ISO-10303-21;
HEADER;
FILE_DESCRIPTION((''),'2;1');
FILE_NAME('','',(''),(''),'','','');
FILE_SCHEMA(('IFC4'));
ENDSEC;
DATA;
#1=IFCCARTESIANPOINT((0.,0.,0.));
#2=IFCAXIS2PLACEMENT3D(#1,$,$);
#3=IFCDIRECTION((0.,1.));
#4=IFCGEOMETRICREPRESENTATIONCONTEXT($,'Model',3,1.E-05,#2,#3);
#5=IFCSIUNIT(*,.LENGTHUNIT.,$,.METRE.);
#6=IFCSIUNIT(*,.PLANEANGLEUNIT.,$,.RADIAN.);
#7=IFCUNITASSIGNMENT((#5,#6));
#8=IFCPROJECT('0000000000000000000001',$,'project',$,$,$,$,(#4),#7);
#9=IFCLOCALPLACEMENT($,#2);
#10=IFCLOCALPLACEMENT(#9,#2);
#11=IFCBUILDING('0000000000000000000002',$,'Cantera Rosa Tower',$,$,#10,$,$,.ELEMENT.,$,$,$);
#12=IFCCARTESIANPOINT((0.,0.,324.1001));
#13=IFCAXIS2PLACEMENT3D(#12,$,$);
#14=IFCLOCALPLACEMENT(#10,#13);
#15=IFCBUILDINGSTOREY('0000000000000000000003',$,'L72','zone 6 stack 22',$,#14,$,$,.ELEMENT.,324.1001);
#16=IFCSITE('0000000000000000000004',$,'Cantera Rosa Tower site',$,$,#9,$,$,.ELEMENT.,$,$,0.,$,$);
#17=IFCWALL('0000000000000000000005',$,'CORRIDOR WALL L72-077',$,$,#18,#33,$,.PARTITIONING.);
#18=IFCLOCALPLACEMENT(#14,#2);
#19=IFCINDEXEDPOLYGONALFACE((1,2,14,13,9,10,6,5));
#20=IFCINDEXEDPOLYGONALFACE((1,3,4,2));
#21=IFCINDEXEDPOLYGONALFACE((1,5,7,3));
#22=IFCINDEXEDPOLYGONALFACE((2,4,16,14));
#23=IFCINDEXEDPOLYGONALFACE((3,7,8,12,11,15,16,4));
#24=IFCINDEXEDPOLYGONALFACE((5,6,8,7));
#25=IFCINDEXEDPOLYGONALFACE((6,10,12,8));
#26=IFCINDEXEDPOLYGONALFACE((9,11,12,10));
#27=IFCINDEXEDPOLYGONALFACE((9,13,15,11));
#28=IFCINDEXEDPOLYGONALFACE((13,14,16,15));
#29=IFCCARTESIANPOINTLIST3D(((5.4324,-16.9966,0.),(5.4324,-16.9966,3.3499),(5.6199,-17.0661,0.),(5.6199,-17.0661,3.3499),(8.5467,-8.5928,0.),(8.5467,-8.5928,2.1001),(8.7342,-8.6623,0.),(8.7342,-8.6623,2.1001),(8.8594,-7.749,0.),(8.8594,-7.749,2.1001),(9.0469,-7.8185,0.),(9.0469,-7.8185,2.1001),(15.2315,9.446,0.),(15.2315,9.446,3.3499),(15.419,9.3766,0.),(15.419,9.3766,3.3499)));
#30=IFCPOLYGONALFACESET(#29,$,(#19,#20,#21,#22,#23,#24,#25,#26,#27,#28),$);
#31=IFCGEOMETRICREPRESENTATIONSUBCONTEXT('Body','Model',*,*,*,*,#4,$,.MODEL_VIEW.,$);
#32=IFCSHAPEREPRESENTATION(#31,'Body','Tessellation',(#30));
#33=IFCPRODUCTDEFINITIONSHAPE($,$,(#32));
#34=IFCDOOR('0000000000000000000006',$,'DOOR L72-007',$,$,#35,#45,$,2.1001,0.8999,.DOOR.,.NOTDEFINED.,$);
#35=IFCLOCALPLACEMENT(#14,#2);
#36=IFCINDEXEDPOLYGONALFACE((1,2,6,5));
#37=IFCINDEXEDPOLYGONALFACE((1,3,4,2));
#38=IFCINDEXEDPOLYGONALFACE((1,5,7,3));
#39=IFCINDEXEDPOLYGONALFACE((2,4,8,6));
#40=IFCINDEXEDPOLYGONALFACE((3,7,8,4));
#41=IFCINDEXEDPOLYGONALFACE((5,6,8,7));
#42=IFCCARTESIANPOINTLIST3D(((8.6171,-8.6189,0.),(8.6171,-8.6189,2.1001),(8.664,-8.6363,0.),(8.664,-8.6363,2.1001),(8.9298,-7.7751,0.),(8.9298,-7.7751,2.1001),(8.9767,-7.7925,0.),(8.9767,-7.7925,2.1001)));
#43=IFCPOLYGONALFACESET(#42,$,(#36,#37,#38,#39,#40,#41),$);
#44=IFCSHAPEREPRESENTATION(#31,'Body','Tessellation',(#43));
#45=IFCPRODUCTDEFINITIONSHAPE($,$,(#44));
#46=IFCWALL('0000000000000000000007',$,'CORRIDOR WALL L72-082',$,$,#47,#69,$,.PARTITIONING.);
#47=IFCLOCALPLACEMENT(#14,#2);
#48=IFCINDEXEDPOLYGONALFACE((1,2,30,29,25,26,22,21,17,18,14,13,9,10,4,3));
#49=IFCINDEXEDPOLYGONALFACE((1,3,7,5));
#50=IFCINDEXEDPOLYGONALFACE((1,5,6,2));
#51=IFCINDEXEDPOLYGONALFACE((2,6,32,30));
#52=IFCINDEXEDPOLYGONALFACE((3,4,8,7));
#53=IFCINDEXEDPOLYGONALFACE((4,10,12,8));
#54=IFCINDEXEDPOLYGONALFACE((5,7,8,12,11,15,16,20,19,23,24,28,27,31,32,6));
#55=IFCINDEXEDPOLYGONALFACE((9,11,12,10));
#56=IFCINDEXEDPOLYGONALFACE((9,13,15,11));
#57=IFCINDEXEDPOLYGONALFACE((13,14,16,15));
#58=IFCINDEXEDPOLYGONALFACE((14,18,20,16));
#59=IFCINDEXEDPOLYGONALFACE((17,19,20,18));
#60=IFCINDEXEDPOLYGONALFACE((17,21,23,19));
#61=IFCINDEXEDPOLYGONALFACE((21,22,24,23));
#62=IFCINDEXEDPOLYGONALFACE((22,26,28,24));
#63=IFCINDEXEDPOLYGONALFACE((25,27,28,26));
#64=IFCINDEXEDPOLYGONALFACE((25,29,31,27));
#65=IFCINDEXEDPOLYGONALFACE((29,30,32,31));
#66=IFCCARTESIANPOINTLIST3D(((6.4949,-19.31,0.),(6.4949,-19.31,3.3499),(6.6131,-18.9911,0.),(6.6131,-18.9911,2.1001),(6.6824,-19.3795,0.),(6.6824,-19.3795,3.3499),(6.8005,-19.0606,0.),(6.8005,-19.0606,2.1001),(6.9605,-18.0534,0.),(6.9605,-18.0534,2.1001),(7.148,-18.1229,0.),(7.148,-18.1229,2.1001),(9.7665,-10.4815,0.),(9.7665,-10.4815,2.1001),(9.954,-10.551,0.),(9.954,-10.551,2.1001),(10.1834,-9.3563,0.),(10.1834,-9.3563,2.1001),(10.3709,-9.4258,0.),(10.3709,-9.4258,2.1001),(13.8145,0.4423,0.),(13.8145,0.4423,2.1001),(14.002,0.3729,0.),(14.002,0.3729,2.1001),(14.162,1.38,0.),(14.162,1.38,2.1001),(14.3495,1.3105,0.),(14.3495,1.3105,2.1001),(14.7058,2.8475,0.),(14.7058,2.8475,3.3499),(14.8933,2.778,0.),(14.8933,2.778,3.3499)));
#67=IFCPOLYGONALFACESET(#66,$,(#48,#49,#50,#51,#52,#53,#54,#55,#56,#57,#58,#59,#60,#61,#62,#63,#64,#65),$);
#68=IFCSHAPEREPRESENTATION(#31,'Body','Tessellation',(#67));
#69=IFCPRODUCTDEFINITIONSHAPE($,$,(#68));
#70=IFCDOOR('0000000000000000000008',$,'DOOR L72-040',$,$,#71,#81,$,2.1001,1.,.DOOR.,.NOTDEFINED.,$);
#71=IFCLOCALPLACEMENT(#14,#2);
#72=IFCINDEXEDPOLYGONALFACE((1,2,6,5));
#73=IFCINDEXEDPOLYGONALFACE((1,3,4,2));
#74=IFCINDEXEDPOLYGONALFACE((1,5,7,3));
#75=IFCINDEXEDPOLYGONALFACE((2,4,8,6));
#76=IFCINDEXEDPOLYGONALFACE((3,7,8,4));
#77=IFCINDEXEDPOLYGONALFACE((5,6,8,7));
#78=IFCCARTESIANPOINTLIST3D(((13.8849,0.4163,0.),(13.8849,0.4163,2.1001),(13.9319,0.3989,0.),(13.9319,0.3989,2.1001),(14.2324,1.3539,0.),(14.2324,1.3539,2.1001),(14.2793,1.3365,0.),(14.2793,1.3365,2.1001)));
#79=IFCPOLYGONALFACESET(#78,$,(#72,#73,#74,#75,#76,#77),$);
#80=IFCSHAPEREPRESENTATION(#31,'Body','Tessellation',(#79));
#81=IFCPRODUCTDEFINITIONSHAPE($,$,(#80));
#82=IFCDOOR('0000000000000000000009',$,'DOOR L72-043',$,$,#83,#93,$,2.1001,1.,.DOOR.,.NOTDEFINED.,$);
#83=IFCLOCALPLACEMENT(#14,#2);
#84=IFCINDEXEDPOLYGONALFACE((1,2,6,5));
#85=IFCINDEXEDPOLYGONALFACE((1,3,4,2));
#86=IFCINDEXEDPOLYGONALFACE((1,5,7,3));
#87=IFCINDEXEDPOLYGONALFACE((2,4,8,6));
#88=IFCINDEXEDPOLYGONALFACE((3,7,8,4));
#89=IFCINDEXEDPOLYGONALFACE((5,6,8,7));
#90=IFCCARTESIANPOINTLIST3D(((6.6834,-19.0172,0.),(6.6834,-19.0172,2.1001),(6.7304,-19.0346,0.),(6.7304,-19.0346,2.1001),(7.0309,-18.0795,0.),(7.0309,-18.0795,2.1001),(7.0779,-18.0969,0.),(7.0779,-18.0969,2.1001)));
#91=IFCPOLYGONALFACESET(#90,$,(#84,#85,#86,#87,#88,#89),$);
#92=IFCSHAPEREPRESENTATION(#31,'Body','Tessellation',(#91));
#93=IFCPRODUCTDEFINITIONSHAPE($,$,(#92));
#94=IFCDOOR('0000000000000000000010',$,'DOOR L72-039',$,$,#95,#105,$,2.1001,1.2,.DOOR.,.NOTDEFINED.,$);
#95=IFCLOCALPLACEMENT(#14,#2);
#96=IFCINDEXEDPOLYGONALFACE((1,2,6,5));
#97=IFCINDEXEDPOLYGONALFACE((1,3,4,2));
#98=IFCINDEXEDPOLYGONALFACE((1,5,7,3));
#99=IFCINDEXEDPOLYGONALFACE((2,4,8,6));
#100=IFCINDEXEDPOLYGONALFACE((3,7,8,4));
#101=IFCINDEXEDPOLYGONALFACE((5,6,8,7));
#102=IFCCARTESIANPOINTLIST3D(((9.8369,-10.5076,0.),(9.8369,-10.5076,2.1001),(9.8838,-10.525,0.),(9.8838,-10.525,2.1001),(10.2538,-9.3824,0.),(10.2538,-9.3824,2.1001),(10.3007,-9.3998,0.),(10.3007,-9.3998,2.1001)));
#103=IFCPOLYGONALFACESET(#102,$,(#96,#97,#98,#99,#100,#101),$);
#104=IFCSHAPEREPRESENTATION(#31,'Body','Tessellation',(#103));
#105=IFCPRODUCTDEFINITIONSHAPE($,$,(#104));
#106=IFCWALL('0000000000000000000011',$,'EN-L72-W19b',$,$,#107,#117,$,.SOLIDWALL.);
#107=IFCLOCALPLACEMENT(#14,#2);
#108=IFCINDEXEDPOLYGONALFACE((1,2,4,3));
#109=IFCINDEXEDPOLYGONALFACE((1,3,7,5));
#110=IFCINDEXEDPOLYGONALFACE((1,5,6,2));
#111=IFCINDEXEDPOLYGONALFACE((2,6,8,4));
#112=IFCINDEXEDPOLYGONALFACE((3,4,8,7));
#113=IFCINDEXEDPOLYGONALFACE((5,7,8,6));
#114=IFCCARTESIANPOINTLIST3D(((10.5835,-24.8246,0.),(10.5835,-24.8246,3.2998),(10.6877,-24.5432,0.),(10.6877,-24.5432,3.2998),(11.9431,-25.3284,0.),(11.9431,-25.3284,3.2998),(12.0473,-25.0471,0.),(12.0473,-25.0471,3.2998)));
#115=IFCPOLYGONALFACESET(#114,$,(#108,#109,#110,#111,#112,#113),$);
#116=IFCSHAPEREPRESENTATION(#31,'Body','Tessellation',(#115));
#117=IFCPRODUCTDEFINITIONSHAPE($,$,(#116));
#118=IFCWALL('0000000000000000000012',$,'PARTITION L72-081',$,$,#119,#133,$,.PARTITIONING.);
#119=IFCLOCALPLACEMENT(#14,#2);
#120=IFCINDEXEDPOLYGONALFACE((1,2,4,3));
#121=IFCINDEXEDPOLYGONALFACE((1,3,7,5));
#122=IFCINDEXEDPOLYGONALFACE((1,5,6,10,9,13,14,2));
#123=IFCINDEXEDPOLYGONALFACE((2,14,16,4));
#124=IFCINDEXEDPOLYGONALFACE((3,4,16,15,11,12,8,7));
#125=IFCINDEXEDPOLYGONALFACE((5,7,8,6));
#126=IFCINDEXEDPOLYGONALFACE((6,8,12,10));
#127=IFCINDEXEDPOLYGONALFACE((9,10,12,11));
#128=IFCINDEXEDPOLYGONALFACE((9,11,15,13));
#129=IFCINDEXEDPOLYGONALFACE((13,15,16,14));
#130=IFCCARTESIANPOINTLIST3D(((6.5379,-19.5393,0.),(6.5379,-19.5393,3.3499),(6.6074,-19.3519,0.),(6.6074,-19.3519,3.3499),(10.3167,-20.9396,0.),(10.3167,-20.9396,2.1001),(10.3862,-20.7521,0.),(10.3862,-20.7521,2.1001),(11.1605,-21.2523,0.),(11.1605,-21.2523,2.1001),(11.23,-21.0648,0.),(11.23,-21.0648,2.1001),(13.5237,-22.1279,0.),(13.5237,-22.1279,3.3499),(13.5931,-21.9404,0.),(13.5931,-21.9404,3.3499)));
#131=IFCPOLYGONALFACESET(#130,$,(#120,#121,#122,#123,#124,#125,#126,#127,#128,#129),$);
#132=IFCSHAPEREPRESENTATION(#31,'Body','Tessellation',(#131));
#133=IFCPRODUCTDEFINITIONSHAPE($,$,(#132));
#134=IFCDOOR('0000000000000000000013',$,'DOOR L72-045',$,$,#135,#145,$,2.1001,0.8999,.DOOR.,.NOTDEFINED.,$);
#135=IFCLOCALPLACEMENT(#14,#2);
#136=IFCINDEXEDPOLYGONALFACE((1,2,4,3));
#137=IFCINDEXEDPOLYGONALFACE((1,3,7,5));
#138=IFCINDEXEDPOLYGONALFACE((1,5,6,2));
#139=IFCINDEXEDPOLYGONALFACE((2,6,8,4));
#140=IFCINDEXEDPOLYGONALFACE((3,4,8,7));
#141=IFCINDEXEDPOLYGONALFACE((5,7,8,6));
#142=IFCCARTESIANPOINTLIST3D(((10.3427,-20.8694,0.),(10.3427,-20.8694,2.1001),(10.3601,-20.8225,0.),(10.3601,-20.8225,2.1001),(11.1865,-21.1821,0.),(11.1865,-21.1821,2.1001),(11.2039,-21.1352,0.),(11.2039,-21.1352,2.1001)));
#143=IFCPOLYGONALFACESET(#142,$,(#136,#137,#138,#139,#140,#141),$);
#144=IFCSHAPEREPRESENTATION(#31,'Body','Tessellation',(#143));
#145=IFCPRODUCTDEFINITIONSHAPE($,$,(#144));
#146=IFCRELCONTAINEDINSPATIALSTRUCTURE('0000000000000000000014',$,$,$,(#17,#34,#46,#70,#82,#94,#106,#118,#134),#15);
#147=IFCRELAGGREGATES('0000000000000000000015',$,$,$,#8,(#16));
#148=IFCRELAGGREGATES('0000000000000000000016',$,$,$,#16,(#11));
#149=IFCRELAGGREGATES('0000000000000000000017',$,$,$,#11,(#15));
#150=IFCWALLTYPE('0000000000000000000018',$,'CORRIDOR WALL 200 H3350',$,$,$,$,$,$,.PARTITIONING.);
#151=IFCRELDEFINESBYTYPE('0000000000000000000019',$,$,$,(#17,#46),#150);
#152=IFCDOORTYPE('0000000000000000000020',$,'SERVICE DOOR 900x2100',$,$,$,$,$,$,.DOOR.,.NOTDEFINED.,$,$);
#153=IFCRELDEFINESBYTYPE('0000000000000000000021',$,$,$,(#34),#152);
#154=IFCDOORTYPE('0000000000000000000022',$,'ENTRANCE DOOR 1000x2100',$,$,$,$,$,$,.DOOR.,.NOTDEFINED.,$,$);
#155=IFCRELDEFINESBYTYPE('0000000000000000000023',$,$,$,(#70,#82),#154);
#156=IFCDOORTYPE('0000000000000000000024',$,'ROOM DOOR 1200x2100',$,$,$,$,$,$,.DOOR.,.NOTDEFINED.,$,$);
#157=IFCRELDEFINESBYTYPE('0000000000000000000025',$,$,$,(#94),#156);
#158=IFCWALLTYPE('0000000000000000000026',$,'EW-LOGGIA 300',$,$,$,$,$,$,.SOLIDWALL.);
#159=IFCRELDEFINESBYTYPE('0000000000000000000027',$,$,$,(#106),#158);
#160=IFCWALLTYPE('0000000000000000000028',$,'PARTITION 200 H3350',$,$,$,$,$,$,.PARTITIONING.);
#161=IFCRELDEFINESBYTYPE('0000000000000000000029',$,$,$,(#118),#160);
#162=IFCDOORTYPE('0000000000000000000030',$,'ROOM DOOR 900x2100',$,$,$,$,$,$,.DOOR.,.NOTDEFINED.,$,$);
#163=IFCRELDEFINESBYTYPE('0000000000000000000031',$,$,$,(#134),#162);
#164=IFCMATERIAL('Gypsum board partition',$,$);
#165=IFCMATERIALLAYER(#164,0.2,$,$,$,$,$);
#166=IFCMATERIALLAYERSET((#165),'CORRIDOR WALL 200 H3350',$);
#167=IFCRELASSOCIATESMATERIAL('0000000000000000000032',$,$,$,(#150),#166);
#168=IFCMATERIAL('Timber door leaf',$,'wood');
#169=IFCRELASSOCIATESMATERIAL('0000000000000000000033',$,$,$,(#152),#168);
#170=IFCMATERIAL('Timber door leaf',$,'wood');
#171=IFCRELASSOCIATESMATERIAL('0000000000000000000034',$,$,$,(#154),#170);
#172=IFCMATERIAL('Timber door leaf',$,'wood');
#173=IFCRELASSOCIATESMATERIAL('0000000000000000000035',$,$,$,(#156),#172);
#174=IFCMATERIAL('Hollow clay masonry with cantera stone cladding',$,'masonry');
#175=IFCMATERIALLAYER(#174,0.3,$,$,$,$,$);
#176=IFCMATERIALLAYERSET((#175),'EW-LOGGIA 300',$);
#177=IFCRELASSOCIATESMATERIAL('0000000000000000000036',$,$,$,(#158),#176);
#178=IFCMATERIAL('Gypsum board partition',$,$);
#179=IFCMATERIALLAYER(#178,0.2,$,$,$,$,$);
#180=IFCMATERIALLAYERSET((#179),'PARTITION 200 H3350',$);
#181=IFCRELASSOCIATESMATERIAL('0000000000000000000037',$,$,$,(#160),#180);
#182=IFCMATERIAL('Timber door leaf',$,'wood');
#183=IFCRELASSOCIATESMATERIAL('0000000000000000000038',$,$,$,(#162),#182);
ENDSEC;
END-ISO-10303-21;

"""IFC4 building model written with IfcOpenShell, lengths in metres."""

from ifc_helpers import new_model, si_unit, direction, frame, frame_2d, origin, place, context, subcontext, project, spatial, rectangle, extrude, material, layer, layer_set, type_object, element, fill, save


model = new_model("IFC4")

# Units and contexts
model_context = context("Model", 3, precision=1e-05, world=origin(), true_north=direction((0.0, 1.0)))
body_context = subcontext(model_context, "Body", "Model", "MODEL_VIEW")
ifc_project = project(units=[si_unit("LENGTHUNIT", "METRE"), si_unit("PLANEANGLEUNIT", "RADIAN")], contexts=[model_context])

# Site, building, storey
site_placement = place(None, origin())
site = spatial("IfcSite", under=ifc_project, at=site_placement, Name="Cantera Rosa Tower site", CompositionType="ELEMENT", RefElevation=0.0)
building_placement = place(site_placement, origin())
building = spatial("IfcBuilding", under=site, at=building_placement, Name="Cantera Rosa Tower", CompositionType="ELEMENT")
storey_placement = place(building_placement, frame((0.0, 0.0, 324.1001)))
storey = spatial("IfcBuildingStorey", under=building, at=storey_placement, Name="L72", Description="zone 6 stack 22", CompositionType="ELEMENT", Elevation=324.1001)

# Wall, opening, door
ifc_material_1 = material(Name="Gypsum board partition")
ifc_layer_1 = layer(ifc_material_1, 0.2)
ifc_layer_set_1 = layer_set([ifc_layer_1], Name="CORRIDOR WALL 200 H3350")
wall_type_1 = type_object("IfcWallType", Name="CORRIDOR WALL 200 H3350", PredefinedType="PARTITIONING", material=ifc_layer_set_1)
wall_1_placement = place(storey_placement, frame((5.5261, -17.0315, 0.0), z_axis=(0.0, 0.0, 1.0), x_axis=(0.347486, 0.937685, 0.0)))
wall_1 = element("IfcWall", 1, at=wall_1_placement, inside=storey, type_object=wall_type_1, Name="CORRIDOR WALL L72-077", PredefinedType="PARTITIONING", context=body_context, shape_type="SweptSolid", body=[
    extrude(rectangle(XDim=28.2, YDim=0.2, at=frame_2d((14.1001, 0.0))), origin(), (0.0, 0.0, 1.0), 3.3499),
])
opening_1_placement = place(wall_1_placement, frame((8.9624, 0.0, 0.0)))
opening_1 = element("IfcOpeningElement", 2, at=opening_1_placement, cuts=wall_1, PredefinedType="OPENING", context=body_context, shape_type="SweptSolid", body=[
    extrude(rectangle(XDim=0.8999, YDim=2.1001, at=frame_2d((0.45, 1.05))), frame((0.0, 0.1099, 0.0), z_axis=(0.0, -1.0, 0.0), x_axis=(1.0, 0.0, 0.0)), (0.0, 0.0, 1.0), 0.22),
])
ifc_material_2 = material(Name="Timber door leaf", Category="wood")
door_type_1 = type_object("IfcDoorType", Name="SERVICE DOOR 900x2100", OperationType="NOTDEFINED", PredefinedType="DOOR", material=ifc_material_2)
door_1_placement = place(opening_1_placement, origin())
door_1 = element("IfcDoor", 3, at=door_1_placement, inside=storey, type_object=door_type_1, Name="DOOR L72-007", OperationType="NOTDEFINED", OverallHeight=2.1001, OverallWidth=0.8999, PredefinedType="DOOR", context=body_context, shape_type="SweptSolid", body=[
    extrude(rectangle(XDim=0.8999, YDim=2.1001, at=frame_2d((0.45, 1.05))), frame((0.0, 0.0249, 0.0), z_axis=(0.0, -1.0, 0.0), x_axis=(1.0, 0.0, 0.0)), (0.0, 0.0, 1.0), 0.05),
])
fill(opening_1, door_1)

# Wall, openings, doors
wall_2_placement = place(storey_placement, frame((6.5886, -19.3447, 0.0), z_axis=(0.0, 0.0, 1.0), x_axis=(0.347481, 0.937687, 0.0)))
wall_2 = element("IfcWall", 4, at=wall_2_placement, inside=storey, type_object=wall_type_1, Name="CORRIDOR WALL L72-082", PredefinedType="PARTITIONING", context=body_context, shape_type="SweptSolid", body=[
    extrude(rectangle(XDim=23.6299, YDim=0.2, at=frame_2d((11.8149, 0.0))), origin(), (0.0, 0.0, 1.0), 3.3499),
])
opening_2_placement = place(wall_2_placement, frame((9.415, 0.0, 0.0)))
opening_2 = element("IfcOpeningElement", 5, at=opening_2_placement, cuts=wall_2, PredefinedType="OPENING", context=body_context, shape_type="SweptSolid", body=[
    extrude(rectangle(XDim=1.2, YDim=2.1001, at=frame_2d((0.6001, 1.05))), frame((0.0, 0.1099, 0.0), z_axis=(0.0, -1.0, 0.0), x_axis=(1.0, 0.0, 0.0)), (0.0, 0.0, 1.0), 0.22),
])
opening_3_placement = place(wall_2_placement, frame((21.0649, 0.0, 0.0)))
opening_3 = element("IfcOpeningElement", 6, at=opening_3_placement, cuts=wall_2, PredefinedType="OPENING", context=body_context, shape_type="SweptSolid", body=[
    extrude(rectangle(XDim=1.0, YDim=2.1001, at=frame_2d((0.5, 1.05))), frame((0.0, 0.1099, 0.0), z_axis=(0.0, -1.0, 0.0), x_axis=(1.0, 0.0, 0.0)), (0.0, 0.0, 1.0), 0.22),
])
opening_4_placement = place(wall_2_placement, frame((0.3401, 0.0, 0.0)))
opening_4 = element("IfcOpeningElement", 7, at=opening_4_placement, cuts=wall_2, PredefinedType="OPENING", context=body_context, shape_type="SweptSolid", body=[
    extrude(rectangle(XDim=1.0, YDim=2.1001, at=frame_2d((0.5, 1.05))), frame((0.0, 0.1099, 0.0), z_axis=(0.0, -1.0, 0.0), x_axis=(1.0, 0.0, 0.0)), (0.0, 0.0, 1.0), 0.22),
])
ifc_material_3 = material(Name="Timber door leaf", Category="wood")
door_type_2 = type_object("IfcDoorType", Name="ENTRANCE DOOR 1000x2100", OperationType="NOTDEFINED", PredefinedType="DOOR", material=ifc_material_3)
door_2_placement = place(opening_3_placement, origin())
door_2 = element("IfcDoor", 8, at=door_2_placement, inside=storey, type_object=door_type_2, Name="DOOR L72-040", OperationType="NOTDEFINED", OverallHeight=2.1001, OverallWidth=1.0, PredefinedType="DOOR", context=body_context, shape_type="SweptSolid", body=[
    extrude(rectangle(XDim=1.0, YDim=2.1001, at=frame_2d((0.5, 1.05))), frame((0.0, 0.0249, 0.0), z_axis=(0.0, -1.0, 0.0), x_axis=(1.0, 0.0, 0.0)), (0.0, 0.0, 1.0), 0.05),
])
fill(opening_3, door_2)
door_3_placement = place(opening_4_placement, origin())
door_3 = element("IfcDoor", 9, at=door_3_placement, inside=storey, type_object=door_type_2, Name="DOOR L72-043", OperationType="NOTDEFINED", OverallHeight=2.1001, OverallWidth=1.0, PredefinedType="DOOR", context=body_context, shape_type="SweptSolid", body=[
    extrude(rectangle(XDim=1.0, YDim=2.1001, at=frame_2d((0.5, 1.05))), frame((0.0, 0.0249, 0.0), z_axis=(0.0, -1.0, 0.0), x_axis=(1.0, 0.0, 0.0)), (0.0, 0.0, 1.0), 0.05),
])
fill(opening_4, door_3)
ifc_material_4 = material(Name="Timber door leaf", Category="wood")
door_type_3 = type_object("IfcDoorType", Name="ROOM DOOR 1200x2100", OperationType="NOTDEFINED", PredefinedType="DOOR", material=ifc_material_4)
door_4_placement = place(opening_2_placement, origin())
door_4 = element("IfcDoor", 10, at=door_4_placement, inside=storey, type_object=door_type_3, Name="DOOR L72-039", OperationType="NOTDEFINED", OverallHeight=2.1001, OverallWidth=1.2, PredefinedType="DOOR", context=body_context, shape_type="SweptSolid", body=[
    extrude(rectangle(XDim=1.2, YDim=2.1001, at=frame_2d((0.6001, 1.05))), frame((0.0, 0.0249, 0.0), z_axis=(0.0, -1.0, 0.0), x_axis=(1.0, 0.0, 0.0)), (0.0, 0.0, 1.0), 0.05),
])
fill(opening_2, door_4)

# Wall
ifc_material_5 = material(Name="Hollow clay masonry with cantera stone cladding", Category="masonry")
ifc_layer_2 = layer(ifc_material_5, 0.3)
ifc_layer_set_2 = layer_set([ifc_layer_2], Name="EW-LOGGIA 300")
wall_type_2 = type_object("IfcWallType", Name="EW-LOGGIA 300", PredefinedType="SOLIDWALL", material=ifc_layer_set_2)
wall_3_placement = place(storey_placement, frame((10.6355, -24.6838, 0.0), z_axis=(0.0, 0.0, 1.0), x_axis=(0.937672, -0.347523, 0.0)))
element("IfcWall", 11, at=wall_3_placement, inside=storey, type_object=wall_type_2, Name="EN-L72-W19b", PredefinedType="SOLIDWALL", context=body_context, shape_type="SweptSolid", body=[
    extrude(rectangle(XDim=1.45, YDim=0.3, at=frame_2d((0.7251, 0.0))), origin(), (0.0, 0.0, 1.0), 3.2998),
])

# Wall, opening, door
ifc_material_6 = material(Name="Gypsum board partition")
ifc_layer_3 = layer(ifc_material_6, 0.2)
ifc_layer_set_3 = layer_set([ifc_layer_3], Name="PARTITION 200 H3350")
wall_type_3 = type_object("IfcWallType", Name="PARTITION 200 H3350", PredefinedType="PARTITIONING", material=ifc_layer_set_3)
wall_4_placement = place(storey_placement, frame((6.5725, -19.4456, 0.0), z_axis=(0.0, 0.0, 1.0), x_axis=(0.937693, -0.347465, 0.0)))
wall_4 = element("IfcWall", 12, at=wall_4_placement, inside=storey, type_object=wall_type_3, Name="PARTITION L72-081", PredefinedType="PARTITIONING", context=body_context, shape_type="SweptSolid", body=[
    extrude(rectangle(XDim=7.45, YDim=0.2, at=frame_2d((3.7251, 0.0))), origin(), (0.0, 0.0, 1.0), 3.3499),
])
opening_5_placement = place(wall_4_placement, frame((4.03, 0.0, 0.0)))
opening_5 = element("IfcOpeningElement", 13, at=opening_5_placement, cuts=wall_4, PredefinedType="OPENING", context=body_context, shape_type="SweptSolid", body=[
    extrude(rectangle(XDim=0.8999, YDim=2.1001, at=frame_2d((0.45, 1.05))), frame((0.0, 0.1099, 0.0), z_axis=(0.0, -1.0, 0.0), x_axis=(1.0, 0.0, 0.0)), (0.0, 0.0, 1.0), 0.22),
])
ifc_material_7 = material(Name="Timber door leaf", Category="wood")
door_type_4 = type_object("IfcDoorType", Name="ROOM DOOR 900x2100", OperationType="NOTDEFINED", PredefinedType="DOOR", material=ifc_material_7)
door_5_placement = place(opening_5_placement, origin())
door_5 = element("IfcDoor", 14, at=door_5_placement, inside=storey, type_object=door_type_4, Name="DOOR L72-045", OperationType="NOTDEFINED", OverallHeight=2.1001, OverallWidth=0.8999, PredefinedType="DOOR", context=body_context, shape_type="SweptSolid", body=[
    extrude(rectangle(XDim=0.8999, YDim=2.1001, at=frame_2d((0.45, 1.05))), frame((0.0, 0.0249, 0.0), z_axis=(0.0, -1.0, 0.0), x_axis=(1.0, 0.0, 0.0)), (0.0, 0.0, 1.0), 0.05),
])
fill(opening_5, door_5)

save(model, "model.ifc")
